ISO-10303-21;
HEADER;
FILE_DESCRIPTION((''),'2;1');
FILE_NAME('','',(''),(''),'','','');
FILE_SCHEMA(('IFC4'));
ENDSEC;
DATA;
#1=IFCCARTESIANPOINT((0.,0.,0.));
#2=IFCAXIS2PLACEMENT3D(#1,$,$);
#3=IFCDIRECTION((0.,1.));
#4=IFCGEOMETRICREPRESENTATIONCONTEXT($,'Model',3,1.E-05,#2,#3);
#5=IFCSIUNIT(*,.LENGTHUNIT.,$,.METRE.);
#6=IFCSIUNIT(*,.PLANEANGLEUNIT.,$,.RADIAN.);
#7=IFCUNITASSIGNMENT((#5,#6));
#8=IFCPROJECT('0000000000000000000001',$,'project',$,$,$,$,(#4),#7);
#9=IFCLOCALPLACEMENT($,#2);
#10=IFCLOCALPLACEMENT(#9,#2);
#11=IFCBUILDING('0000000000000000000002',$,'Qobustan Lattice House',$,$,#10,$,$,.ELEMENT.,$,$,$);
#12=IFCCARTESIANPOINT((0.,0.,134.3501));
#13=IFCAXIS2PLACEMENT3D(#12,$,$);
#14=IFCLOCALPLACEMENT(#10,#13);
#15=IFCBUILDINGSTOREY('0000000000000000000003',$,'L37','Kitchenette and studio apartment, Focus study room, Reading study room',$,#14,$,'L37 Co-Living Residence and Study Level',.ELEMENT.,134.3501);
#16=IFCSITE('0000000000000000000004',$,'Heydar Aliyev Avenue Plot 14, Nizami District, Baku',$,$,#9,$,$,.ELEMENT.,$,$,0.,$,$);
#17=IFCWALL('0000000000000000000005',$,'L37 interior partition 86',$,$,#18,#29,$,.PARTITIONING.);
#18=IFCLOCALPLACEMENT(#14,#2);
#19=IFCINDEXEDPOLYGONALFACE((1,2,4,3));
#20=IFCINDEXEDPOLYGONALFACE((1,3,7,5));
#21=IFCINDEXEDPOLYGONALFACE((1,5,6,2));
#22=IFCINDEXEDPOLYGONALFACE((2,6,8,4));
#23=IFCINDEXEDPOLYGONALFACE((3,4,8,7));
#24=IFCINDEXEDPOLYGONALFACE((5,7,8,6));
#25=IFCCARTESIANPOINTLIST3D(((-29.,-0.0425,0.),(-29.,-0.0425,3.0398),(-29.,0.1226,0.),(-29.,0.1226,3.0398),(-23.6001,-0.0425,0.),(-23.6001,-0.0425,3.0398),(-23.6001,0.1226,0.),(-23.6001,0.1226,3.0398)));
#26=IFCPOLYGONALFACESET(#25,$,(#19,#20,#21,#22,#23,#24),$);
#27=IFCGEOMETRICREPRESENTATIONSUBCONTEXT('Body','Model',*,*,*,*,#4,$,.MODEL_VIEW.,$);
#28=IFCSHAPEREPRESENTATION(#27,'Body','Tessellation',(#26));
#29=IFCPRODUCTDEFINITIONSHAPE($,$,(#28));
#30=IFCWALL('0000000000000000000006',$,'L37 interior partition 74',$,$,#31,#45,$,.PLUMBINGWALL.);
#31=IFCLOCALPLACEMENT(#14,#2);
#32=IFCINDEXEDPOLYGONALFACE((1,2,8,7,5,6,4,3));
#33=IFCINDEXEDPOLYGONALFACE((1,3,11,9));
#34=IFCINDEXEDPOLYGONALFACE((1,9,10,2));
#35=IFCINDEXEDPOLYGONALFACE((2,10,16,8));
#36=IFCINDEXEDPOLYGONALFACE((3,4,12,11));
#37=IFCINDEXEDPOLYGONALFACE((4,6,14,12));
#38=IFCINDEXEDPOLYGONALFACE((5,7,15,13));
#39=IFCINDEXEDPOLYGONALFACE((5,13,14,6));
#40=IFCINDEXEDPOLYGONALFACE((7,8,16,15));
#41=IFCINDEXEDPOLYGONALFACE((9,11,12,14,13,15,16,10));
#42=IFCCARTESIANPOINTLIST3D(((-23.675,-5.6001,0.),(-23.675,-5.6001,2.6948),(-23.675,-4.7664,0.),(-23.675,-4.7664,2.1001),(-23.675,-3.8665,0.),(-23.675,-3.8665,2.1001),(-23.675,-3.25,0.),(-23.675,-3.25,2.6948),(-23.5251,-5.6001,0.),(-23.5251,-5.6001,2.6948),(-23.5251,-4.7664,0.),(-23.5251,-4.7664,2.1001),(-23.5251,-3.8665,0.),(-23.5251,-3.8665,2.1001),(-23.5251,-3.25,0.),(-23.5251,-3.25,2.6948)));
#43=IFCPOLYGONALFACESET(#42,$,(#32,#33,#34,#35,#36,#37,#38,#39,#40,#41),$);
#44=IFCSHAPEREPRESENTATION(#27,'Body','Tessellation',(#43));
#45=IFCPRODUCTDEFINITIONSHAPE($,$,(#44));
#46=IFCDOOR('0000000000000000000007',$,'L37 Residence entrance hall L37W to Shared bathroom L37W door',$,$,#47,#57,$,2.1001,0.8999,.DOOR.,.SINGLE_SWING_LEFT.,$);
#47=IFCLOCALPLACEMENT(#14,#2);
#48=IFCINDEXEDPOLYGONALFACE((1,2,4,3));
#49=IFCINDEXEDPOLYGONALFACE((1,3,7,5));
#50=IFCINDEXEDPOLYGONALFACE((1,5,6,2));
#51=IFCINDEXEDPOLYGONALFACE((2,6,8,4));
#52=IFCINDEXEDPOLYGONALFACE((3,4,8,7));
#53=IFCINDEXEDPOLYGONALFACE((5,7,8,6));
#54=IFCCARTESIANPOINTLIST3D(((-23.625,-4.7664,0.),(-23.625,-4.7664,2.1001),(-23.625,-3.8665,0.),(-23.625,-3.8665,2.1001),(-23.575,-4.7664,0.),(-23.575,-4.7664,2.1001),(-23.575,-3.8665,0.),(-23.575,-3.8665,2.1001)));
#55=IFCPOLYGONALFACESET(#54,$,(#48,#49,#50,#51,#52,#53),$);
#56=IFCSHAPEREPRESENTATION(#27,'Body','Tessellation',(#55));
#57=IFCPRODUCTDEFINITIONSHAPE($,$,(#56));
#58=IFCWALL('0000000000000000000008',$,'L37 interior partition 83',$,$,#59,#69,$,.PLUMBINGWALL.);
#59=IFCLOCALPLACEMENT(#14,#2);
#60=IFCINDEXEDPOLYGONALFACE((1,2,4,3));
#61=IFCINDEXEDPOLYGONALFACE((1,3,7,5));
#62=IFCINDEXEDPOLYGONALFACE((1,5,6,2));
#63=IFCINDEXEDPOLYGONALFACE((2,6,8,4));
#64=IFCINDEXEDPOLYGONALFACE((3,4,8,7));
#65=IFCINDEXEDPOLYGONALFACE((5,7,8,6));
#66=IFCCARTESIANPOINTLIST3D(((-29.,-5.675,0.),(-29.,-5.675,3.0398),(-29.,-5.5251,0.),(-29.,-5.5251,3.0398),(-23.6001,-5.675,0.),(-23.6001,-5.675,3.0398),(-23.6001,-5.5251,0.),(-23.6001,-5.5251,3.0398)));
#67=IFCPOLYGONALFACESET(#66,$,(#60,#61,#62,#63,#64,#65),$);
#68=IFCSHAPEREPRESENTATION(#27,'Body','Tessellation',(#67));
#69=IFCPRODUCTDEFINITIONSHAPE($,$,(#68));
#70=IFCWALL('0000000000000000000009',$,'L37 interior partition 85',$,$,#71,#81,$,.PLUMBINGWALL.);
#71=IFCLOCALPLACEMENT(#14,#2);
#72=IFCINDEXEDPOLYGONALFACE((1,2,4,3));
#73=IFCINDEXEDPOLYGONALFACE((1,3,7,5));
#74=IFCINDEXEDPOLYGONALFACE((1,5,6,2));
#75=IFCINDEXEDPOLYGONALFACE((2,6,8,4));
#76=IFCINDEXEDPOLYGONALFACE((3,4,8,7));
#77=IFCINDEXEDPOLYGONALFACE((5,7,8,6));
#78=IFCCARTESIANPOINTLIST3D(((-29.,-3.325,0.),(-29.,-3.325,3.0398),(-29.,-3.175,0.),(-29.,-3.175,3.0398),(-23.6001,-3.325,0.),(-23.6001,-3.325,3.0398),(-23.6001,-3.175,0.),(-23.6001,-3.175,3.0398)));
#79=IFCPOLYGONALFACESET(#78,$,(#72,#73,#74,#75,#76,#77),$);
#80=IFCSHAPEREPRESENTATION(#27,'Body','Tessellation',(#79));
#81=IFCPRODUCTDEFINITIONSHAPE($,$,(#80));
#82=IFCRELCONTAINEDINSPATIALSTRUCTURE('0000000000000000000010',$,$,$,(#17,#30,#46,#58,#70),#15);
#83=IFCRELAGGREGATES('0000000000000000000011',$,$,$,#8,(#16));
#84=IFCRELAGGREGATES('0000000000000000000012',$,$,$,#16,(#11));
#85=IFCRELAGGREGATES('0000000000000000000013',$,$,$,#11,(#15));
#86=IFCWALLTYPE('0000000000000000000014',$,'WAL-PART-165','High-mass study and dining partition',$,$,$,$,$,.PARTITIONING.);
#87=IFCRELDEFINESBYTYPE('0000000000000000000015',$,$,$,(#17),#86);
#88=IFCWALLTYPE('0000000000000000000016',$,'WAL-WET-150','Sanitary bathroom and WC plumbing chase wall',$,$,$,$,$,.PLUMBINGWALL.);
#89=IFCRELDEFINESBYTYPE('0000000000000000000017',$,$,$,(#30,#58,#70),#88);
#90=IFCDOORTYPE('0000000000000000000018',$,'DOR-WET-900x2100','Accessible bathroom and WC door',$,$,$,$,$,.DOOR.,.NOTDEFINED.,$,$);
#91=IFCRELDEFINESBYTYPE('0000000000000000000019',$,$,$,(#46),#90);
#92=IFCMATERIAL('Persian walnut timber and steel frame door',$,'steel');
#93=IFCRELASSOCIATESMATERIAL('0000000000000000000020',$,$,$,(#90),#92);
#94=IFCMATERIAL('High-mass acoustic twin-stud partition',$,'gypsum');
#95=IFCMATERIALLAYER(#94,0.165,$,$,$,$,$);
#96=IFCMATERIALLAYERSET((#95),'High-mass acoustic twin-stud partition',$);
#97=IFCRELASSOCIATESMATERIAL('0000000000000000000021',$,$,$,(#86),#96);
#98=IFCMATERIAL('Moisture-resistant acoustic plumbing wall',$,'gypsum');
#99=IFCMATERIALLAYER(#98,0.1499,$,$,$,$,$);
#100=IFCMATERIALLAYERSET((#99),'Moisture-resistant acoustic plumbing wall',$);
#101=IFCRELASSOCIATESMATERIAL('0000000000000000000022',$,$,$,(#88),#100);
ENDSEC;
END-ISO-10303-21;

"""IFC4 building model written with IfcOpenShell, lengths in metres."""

from ifc_helpers import new_model, si_unit, direction, frame, frame_2d, origin, place, context, subcontext, project, spatial, rectangle, extrude, material, layer, layer_set, type_object, element, fill, save


model = new_model("IFC4")

# Units and contexts
model_context = context("Model", 3, precision=1e-05, world=origin(), true_north=direction((0.0, 1.0)))
body_context = subcontext(model_context, "Body", "Model", "MODEL_VIEW")
ifc_project = project(units=[si_unit("LENGTHUNIT", "METRE"), si_unit("PLANEANGLEUNIT", "RADIAN")], contexts=[model_context])

# Site, building, storey
site_placement = place(None, origin())
site = spatial("IfcSite", under=ifc_project, at=site_placement, Name="Heydar Aliyev Avenue Plot 14, Nizami District, Baku", CompositionType="ELEMENT", RefElevation=0.0)
building_placement = place(site_placement, origin())
building = spatial("IfcBuilding", under=site, at=building_placement, Name="Qobustan Lattice House", CompositionType="ELEMENT")
storey_placement = place(building_placement, frame((0.0, 0.0, 134.3501)))
storey = spatial("IfcBuildingStorey", under=building, at=storey_placement, Name="L37", Description="Kitchenette and studio apartment, Focus study room, Reading study room", LongName="L37 Co-Living Residence and Study Level", CompositionType="ELEMENT", Elevation=134.3501)

# Shared definitions
ifc_material_1 = material(Name="Persian walnut timber and steel frame door", Category="steel")
door_type_1 = type_object("IfcDoorType", Name="DOR-WET-900x2100", Description="Accessible bathroom and WC door", OperationType="NOTDEFINED", PredefinedType="DOOR", material=ifc_material_1)

# Shared definitions
ifc_material_2 = material(Name="High-mass acoustic twin-stud partition", Category="gypsum")
ifc_layer_1 = layer(ifc_material_2, 0.165)
ifc_layer_set_1 = layer_set([ifc_layer_1], Name="High-mass acoustic twin-stud partition")
wall_type_1 = type_object("IfcWallType", Name="WAL-PART-165", Description="High-mass study and dining partition", PredefinedType="PARTITIONING", material=ifc_layer_set_1)

# Wall
wall_1_placement = place(storey_placement, frame((-29.0, 0.04, 0.0), z_axis=(0.0, 0.0, 1.0), x_axis=(1.0, 0.0, 0.0)))
element("IfcWall", 1, at=wall_1_placement, inside=storey, type_object=wall_type_1, Name="L37 interior partition 86", PredefinedType="PARTITIONING", context=body_context, shape_type="SweptSolid", body=[
    extrude(rectangle(XDim=5.3999, YDim=0.165, at=frame_2d((2.7, 0.0))), origin(), (0.0, 0.0, 1.0), 3.0398),
])

# Wall, opening, door
ifc_material_3 = material(Name="Moisture-resistant acoustic plumbing wall", Category="gypsum")
ifc_layer_2 = layer(ifc_material_3, 0.1499)
ifc_layer_set_2 = layer_set([ifc_layer_2], Name="Moisture-resistant acoustic plumbing wall")
wall_type_2 = type_object("IfcWallType", Name="WAL-WET-150", Description="Sanitary bathroom and WC plumbing chase wall", PredefinedType="PLUMBINGWALL", material=ifc_layer_set_2)
wall_2_placement = place(storey_placement, frame((-23.6001, -5.6001, 0.0), z_axis=(0.0, 0.0, 1.0), x_axis=(0.0, 1.0, 0.0)))
wall_2 = element("IfcWall", 2, at=wall_2_placement, inside=storey, type_object=wall_type_2, Name="L37 interior partition 74", PredefinedType="PLUMBINGWALL", context=body_context, shape_type="SweptSolid", body=[
    extrude(rectangle(XDim=2.3501, YDim=0.1499, at=frame_2d((1.175, 0.0))), origin(), (0.0, 0.0, 1.0), 2.6948),
])
opening_1_placement = place(wall_2_placement, frame((0.8337, 0.0, 0.0)))
opening_1 = element("IfcOpeningElement", 3, at=opening_1_placement, cuts=wall_2, PredefinedType="OPENING", context=body_context, shape_type="SweptSolid", body=[
    extrude(rectangle(XDim=0.8999, YDim=2.1001, at=frame_2d((0.45, 1.05))), frame((0.0, 0.085, 0.0), z_axis=(0.0, -1.0, 0.0), x_axis=(1.0, 0.0, 0.0)), (0.0, 0.0, 1.0), 0.1699),
])
door_1_placement = place(opening_1_placement, origin())
door_1 = element("IfcDoor", 4, at=door_1_placement, inside=storey, type_object=door_type_1, Name="L37 Residence entrance hall L37W to Shared bathroom L37W door", OperationType="SINGLE_SWING_LEFT", OverallHeight=2.1001, OverallWidth=0.8999, PredefinedType="DOOR", context=body_context, shape_type="SweptSolid", body=[
    extrude(rectangle(XDim=0.8999, YDim=2.1001, at=frame_2d((0.45, 1.05))), frame((0.0, 0.0249, 0.0), z_axis=(0.0, -1.0, 0.0), x_axis=(1.0, 0.0, 0.0)), (0.0, 0.0, 1.0), 0.05),
])
fill(opening_1, door_1)

# Walls
for number, where, z_axis, x_axis, name in (
    (5, (-29.0, -5.6001, 0.0), (0.0, 0.0, 1.0), (1.0, 0.0, 0.0), "L37 interior partition 83"),
    (6, (-29.0, -3.25, 0.0), (0.0, 0.0, 1.0), (1.0, 0.0, 0.0), "L37 interior partition 85"),
):
    element("IfcWall", number, at=place(storey_placement, frame(where, z_axis=z_axis, x_axis=x_axis)), inside=storey, type_object=wall_type_2, Name=name, PredefinedType="PLUMBINGWALL", context=body_context, shape_type="SweptSolid", body=[
        extrude(rectangle(XDim=5.3999, YDim=0.1499, at=frame_2d((2.7, 0.0))), origin(), (0.0, 0.0, 1.0), 3.0398),
    ])

save(model, "model.ifc")
